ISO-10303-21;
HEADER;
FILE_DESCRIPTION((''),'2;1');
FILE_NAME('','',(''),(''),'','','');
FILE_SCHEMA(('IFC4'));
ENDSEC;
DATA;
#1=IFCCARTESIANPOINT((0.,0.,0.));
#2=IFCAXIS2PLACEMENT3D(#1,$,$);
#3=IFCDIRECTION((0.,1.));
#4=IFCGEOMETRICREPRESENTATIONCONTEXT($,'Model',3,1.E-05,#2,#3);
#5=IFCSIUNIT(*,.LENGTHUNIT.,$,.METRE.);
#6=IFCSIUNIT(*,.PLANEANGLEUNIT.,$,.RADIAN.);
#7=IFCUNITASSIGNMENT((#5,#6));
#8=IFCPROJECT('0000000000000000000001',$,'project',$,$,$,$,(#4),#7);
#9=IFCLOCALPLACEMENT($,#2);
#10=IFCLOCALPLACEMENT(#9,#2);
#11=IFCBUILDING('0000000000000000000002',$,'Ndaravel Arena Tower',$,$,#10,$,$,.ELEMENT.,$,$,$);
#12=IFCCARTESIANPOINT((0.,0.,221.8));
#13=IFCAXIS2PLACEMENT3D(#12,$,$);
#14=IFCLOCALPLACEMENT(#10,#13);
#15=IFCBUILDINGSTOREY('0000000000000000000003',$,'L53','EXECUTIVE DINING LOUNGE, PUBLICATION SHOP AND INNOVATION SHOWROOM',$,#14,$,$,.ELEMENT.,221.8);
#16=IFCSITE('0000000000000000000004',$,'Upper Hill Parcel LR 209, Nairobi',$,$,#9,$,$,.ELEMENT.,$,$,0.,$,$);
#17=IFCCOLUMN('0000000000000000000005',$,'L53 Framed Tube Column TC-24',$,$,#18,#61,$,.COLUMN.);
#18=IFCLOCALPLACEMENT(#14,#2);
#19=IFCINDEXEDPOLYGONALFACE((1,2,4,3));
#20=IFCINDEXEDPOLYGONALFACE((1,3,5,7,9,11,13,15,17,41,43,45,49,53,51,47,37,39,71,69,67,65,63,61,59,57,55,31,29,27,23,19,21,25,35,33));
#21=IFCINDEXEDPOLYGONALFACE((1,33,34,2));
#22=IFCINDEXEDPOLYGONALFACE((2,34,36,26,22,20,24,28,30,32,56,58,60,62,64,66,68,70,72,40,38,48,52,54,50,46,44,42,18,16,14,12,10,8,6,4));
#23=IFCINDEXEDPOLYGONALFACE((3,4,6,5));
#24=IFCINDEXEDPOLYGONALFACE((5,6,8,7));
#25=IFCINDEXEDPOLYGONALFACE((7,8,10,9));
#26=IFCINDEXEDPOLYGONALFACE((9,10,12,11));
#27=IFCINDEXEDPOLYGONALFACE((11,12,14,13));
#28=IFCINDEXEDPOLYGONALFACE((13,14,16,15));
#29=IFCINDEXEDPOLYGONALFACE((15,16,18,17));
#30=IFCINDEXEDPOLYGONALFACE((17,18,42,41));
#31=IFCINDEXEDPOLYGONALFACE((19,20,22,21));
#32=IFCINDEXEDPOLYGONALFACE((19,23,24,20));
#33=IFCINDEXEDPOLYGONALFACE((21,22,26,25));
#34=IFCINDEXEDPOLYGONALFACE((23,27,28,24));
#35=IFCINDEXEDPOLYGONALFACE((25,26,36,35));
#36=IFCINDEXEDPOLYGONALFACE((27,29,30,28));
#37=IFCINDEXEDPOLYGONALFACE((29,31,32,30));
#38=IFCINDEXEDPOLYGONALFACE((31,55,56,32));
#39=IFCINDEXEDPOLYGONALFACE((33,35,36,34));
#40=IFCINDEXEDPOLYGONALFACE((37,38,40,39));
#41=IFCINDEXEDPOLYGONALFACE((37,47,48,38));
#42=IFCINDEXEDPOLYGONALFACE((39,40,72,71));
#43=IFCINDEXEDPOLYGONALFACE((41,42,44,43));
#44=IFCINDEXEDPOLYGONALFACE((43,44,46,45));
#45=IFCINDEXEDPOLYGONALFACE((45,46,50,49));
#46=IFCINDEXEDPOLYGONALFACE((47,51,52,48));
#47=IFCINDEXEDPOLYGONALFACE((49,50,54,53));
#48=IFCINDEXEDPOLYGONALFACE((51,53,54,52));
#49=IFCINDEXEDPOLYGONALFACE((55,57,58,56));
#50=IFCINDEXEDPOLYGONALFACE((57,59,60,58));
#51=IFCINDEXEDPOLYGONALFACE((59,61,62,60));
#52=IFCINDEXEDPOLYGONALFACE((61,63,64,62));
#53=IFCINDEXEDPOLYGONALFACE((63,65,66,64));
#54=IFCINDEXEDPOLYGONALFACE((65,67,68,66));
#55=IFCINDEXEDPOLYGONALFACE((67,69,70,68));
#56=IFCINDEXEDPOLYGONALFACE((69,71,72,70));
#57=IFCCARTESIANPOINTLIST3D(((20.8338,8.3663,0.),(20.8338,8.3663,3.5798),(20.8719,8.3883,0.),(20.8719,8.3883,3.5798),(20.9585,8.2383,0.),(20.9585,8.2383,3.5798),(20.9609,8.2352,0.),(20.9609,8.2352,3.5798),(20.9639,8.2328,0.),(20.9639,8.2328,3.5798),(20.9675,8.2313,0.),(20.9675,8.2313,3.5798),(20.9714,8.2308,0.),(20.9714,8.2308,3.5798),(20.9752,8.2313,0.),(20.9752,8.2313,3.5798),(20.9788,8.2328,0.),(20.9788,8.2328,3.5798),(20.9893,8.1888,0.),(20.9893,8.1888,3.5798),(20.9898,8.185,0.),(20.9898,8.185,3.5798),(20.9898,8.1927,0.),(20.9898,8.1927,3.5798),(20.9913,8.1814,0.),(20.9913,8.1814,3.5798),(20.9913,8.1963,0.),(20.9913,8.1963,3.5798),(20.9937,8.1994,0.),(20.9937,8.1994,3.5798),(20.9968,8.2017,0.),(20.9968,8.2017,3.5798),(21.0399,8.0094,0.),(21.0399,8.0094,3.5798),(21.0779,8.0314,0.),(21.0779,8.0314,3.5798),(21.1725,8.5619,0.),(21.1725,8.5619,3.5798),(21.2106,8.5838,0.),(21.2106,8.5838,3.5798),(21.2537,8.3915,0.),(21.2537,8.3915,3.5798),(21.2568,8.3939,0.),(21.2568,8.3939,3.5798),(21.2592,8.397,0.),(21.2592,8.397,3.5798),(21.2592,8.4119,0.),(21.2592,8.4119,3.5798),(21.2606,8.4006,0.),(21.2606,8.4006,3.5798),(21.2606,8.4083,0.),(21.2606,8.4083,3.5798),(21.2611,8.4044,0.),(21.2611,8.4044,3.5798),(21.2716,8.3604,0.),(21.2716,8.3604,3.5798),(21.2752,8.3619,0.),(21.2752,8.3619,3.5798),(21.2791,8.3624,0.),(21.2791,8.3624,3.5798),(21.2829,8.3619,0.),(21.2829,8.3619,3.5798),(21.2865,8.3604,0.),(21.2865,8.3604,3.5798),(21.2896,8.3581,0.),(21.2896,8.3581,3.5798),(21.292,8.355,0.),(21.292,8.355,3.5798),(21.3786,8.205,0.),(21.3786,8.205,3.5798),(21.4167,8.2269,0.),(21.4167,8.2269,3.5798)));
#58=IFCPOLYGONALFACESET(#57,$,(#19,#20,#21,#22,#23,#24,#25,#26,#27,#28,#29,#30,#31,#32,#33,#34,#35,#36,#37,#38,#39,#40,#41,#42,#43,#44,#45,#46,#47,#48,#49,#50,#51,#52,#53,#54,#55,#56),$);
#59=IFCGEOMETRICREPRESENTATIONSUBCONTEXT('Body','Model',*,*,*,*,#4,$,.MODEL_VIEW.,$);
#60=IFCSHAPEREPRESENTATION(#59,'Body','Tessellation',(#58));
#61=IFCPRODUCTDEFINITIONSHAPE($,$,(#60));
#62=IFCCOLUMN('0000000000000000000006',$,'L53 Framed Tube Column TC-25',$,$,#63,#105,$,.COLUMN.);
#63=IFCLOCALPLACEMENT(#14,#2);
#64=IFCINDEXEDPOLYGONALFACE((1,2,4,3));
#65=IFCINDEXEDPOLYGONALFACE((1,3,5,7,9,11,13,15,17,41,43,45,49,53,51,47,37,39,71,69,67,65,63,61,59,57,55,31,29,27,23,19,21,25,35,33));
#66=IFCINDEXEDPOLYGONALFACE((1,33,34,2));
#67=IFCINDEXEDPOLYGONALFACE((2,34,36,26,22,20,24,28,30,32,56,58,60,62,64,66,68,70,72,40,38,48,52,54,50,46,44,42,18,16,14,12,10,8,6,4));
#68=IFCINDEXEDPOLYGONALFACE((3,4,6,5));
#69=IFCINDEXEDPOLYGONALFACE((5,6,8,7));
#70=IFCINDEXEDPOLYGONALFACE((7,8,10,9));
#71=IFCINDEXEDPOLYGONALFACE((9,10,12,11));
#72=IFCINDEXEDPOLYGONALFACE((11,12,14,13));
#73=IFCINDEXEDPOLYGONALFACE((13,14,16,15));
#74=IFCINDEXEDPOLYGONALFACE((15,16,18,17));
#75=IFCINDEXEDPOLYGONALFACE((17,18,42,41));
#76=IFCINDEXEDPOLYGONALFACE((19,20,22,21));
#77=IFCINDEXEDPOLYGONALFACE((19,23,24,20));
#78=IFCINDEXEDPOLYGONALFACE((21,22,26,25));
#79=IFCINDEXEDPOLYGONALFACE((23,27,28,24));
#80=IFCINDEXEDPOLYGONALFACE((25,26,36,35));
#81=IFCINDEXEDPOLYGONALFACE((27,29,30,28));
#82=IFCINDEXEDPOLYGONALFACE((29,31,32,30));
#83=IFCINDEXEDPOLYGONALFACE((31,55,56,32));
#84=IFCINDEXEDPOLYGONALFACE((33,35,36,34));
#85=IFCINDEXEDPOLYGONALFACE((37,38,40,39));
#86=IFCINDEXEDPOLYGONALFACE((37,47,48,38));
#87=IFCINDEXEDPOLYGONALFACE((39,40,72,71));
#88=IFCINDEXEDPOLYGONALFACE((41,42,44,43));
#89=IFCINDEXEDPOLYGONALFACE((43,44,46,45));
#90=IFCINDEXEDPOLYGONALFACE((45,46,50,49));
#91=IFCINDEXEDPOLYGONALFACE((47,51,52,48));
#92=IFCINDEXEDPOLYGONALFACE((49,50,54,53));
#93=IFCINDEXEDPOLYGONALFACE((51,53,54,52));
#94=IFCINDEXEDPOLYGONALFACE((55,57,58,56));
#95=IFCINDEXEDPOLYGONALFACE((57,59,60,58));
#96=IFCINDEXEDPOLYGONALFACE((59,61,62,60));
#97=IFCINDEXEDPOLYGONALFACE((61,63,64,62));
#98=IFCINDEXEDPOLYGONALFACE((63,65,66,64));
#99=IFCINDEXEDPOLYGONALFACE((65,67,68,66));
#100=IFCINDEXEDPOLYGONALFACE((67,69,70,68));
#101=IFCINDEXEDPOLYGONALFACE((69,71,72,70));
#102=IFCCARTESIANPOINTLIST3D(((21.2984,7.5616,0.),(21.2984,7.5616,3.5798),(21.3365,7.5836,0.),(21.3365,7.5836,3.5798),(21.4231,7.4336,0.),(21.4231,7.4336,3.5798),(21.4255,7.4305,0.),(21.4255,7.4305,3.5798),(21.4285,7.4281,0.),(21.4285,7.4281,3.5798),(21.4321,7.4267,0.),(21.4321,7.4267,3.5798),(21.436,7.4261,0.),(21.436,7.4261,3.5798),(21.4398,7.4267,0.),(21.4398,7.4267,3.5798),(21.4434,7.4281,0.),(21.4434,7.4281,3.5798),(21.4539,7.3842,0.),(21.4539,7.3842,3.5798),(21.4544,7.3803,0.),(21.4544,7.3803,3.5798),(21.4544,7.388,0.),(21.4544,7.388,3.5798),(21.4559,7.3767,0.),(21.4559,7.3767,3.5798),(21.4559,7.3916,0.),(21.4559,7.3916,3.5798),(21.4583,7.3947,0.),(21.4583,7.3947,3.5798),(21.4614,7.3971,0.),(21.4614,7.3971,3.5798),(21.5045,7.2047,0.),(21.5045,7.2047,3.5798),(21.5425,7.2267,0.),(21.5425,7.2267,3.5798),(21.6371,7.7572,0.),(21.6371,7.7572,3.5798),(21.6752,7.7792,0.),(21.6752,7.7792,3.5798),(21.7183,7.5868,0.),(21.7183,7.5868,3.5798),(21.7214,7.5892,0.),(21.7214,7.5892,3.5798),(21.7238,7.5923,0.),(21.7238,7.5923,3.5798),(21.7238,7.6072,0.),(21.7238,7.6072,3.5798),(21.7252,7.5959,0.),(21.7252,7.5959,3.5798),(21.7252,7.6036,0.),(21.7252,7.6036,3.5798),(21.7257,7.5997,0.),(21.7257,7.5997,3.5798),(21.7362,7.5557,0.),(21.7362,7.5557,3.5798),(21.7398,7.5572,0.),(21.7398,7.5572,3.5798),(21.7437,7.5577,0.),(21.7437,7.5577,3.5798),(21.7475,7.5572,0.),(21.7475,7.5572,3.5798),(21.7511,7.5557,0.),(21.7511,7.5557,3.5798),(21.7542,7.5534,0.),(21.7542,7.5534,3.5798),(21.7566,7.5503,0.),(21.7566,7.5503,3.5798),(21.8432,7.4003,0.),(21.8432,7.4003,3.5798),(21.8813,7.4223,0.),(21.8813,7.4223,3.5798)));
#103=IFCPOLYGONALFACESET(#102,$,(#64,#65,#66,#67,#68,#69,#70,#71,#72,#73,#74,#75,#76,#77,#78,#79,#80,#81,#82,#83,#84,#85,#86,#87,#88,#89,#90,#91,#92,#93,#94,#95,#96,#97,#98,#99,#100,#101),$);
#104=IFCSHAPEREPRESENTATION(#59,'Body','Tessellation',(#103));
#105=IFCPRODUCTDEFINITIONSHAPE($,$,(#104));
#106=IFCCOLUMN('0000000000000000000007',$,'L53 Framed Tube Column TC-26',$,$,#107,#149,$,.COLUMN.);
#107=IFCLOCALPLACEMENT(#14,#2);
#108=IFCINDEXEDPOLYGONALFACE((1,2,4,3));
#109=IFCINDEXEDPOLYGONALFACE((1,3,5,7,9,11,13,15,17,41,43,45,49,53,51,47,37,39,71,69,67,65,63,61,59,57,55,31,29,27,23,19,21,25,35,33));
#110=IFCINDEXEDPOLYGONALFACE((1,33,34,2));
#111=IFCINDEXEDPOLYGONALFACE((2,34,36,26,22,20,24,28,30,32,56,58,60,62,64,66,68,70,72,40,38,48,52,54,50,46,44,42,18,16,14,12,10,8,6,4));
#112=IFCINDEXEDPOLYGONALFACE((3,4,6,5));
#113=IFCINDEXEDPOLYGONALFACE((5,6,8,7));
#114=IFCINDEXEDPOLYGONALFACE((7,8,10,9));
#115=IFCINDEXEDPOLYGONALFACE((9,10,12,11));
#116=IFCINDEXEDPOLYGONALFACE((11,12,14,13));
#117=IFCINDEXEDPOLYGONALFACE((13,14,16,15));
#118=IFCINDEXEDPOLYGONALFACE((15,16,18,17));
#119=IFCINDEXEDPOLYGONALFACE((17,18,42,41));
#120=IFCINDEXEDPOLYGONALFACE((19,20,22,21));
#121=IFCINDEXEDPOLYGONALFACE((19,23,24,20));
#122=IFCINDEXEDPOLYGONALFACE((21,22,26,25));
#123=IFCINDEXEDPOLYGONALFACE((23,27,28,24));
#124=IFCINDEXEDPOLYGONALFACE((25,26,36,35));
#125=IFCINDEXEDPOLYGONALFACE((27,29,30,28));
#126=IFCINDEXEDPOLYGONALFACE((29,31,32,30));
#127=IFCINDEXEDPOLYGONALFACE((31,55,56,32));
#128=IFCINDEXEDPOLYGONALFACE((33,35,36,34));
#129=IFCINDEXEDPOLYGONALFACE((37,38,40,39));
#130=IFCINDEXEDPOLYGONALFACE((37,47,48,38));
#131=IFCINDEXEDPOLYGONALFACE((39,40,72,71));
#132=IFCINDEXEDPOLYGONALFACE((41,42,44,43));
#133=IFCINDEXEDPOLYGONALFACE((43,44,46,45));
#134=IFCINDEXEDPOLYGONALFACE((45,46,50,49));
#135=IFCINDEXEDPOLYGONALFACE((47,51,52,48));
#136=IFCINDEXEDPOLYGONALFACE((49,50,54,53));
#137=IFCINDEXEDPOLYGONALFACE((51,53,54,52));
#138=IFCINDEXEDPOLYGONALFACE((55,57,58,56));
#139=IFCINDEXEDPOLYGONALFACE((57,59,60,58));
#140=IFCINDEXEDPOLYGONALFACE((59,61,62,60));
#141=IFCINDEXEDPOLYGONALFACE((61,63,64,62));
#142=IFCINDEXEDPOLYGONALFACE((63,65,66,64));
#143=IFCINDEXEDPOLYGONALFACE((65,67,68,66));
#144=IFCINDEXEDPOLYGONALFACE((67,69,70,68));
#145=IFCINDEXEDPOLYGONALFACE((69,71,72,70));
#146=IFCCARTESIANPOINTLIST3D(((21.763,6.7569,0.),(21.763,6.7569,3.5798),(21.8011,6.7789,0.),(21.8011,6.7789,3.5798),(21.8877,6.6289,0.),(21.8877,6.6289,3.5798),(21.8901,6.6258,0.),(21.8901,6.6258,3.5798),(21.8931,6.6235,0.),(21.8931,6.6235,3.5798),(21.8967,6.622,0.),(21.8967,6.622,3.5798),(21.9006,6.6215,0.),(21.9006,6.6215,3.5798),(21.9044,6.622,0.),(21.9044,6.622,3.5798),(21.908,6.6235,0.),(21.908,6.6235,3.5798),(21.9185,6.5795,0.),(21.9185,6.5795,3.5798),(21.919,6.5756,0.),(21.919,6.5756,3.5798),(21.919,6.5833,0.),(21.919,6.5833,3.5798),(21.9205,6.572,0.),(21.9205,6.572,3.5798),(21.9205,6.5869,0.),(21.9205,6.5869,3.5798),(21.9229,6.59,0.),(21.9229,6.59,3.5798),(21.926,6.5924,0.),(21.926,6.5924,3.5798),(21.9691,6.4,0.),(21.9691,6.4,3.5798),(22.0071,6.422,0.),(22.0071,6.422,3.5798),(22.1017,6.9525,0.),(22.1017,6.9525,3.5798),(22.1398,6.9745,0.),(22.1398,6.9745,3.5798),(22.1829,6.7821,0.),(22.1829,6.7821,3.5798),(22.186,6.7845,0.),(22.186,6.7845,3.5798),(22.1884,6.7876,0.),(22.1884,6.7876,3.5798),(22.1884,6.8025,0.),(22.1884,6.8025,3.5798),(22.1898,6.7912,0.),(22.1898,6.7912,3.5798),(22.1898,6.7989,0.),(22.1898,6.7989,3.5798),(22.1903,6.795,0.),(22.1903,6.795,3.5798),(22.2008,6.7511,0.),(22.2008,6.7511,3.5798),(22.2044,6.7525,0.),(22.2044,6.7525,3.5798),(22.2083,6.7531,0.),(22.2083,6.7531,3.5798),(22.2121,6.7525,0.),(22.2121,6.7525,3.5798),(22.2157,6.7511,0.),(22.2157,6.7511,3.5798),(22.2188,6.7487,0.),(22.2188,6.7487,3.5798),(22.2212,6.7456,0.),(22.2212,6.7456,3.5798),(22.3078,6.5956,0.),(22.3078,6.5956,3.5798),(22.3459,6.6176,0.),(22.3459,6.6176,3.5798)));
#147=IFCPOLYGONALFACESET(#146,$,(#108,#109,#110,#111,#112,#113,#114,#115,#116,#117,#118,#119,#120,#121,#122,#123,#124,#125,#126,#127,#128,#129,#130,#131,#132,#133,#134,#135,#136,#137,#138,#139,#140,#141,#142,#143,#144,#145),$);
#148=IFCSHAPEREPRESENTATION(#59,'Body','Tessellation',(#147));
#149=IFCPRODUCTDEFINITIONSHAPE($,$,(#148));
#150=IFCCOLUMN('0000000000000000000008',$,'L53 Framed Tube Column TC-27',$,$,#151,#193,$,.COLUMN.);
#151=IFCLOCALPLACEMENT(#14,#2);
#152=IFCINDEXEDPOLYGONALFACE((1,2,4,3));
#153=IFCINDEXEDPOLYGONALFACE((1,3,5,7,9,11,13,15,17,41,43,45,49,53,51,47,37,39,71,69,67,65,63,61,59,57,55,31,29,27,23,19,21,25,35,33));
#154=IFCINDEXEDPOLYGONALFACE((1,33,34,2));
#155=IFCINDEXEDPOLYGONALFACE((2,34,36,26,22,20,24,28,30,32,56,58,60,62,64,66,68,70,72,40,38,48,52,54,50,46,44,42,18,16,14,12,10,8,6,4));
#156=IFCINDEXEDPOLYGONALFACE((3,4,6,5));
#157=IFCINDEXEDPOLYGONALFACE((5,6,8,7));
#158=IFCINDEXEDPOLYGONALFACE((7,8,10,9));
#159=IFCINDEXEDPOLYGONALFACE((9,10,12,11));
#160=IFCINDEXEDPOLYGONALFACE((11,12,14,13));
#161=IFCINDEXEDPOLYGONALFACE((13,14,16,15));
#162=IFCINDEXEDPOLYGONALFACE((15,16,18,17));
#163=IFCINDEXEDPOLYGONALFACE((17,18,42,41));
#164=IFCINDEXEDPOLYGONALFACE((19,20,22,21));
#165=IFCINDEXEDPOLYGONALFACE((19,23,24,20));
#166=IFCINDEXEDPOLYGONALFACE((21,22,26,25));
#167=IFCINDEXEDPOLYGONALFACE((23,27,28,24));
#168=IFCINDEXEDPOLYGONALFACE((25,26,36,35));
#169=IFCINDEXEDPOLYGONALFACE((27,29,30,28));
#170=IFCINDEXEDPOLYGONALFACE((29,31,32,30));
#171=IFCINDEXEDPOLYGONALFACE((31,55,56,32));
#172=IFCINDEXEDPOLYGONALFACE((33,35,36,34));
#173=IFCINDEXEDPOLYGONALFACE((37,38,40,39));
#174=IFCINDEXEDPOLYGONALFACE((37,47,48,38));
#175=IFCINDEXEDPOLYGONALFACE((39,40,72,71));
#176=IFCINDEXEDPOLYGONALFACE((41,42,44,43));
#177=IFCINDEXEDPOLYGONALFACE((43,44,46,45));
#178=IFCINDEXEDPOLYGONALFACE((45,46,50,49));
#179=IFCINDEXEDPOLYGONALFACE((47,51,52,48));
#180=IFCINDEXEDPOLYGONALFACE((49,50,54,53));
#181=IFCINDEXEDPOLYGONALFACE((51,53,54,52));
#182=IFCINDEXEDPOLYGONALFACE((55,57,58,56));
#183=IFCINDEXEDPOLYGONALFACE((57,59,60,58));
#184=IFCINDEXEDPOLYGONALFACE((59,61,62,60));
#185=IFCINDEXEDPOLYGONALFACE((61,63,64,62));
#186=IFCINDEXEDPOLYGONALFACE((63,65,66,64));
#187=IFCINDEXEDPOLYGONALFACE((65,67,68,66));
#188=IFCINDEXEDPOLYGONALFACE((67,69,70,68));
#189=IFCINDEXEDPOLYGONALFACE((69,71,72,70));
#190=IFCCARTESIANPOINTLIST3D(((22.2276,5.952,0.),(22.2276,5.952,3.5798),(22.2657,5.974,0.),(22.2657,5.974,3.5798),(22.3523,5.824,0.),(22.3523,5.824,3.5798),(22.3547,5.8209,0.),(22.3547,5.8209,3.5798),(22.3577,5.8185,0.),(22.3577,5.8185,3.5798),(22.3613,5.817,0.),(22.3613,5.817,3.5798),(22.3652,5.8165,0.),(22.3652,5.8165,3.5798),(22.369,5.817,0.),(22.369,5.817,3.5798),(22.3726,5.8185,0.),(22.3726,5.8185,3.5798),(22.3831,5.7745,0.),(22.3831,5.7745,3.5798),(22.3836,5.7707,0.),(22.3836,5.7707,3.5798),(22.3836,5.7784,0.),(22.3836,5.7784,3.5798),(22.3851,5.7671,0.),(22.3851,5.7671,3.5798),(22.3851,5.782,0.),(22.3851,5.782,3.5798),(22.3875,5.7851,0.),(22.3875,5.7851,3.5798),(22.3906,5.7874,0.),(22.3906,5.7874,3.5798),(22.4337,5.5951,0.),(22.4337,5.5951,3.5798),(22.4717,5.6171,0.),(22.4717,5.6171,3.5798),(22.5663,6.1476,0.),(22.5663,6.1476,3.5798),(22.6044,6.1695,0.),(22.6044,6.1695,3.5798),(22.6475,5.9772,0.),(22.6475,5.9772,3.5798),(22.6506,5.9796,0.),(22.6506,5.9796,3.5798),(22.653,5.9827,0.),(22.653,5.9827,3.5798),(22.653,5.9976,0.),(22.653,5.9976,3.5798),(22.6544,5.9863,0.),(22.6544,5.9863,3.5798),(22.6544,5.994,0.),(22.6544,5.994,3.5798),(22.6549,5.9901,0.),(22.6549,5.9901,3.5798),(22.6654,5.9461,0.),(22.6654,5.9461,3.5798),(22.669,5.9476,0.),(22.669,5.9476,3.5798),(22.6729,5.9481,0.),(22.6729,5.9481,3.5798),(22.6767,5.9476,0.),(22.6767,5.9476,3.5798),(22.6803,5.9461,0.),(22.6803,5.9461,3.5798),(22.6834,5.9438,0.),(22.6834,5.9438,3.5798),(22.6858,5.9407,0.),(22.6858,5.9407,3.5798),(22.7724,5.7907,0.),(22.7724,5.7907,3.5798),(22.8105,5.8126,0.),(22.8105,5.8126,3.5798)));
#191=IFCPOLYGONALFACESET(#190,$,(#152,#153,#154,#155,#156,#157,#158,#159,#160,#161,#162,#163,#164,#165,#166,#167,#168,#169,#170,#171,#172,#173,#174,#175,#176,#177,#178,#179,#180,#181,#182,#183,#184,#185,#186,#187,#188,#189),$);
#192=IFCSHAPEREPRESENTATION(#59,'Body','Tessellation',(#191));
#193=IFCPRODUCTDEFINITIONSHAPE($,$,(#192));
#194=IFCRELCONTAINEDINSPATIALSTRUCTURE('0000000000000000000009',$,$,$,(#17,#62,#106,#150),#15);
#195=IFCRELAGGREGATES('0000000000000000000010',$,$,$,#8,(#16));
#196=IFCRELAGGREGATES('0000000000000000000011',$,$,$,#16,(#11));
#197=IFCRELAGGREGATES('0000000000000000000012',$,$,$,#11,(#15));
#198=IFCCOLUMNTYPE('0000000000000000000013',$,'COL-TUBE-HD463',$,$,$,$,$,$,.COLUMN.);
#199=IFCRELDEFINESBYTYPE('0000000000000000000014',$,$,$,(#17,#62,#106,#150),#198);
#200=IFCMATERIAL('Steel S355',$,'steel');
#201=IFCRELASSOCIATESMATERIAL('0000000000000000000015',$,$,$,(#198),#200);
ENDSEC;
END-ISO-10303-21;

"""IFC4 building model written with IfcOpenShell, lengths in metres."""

from ifc_helpers import new_model, si_unit, direction, frame, origin, origin_2d, place, context, subcontext, project, spatial, i_section, extrude, material, material_profile, profile_set, type_object, element, save


model = new_model("IFC4")

# Units and contexts
model_context = context("Model", 3, precision=1e-05, world=origin(), true_north=direction((0.0, 1.0)))
body_context = subcontext(model_context, "Body", "Model", "MODEL_VIEW")
ifc_project = project(units=[si_unit("LENGTHUNIT", "METRE"), si_unit("PLANEANGLEUNIT", "RADIAN")], contexts=[model_context])

# Site, building, storey
site_placement = place(None, origin())
site = spatial("IfcSite", under=ifc_project, at=site_placement, Name="Upper Hill Parcel LR 209, Nairobi", CompositionType="ELEMENT", RefElevation=0.0)
building_placement = place(site_placement, origin())
building = spatial("IfcBuilding", under=site, at=building_placement, Name="Ndaravel Arena Tower", CompositionType="ELEMENT")
storey_placement = place(building_placement, frame((0.0, 0.0, 221.8)))
storey = spatial("IfcBuildingStorey", under=building, at=storey_placement, Name="L53", Description="EXECUTIVE DINING LOUNGE, PUBLICATION SHOP AND INNOVATION SHOWROOM", CompositionType="ELEMENT", Elevation=221.8)

# Columns
ifc_material_1 = material(Name="Steel S355", Category="steel")
ifc_material_profile_1 = material_profile(ifc_material_1, i_section(OverallWidth=0.4121, OverallDepth=0.4351, WebThickness=0.0359, FlangeThickness=0.0439, FilletRadius=0.0149, at=origin_2d()), Name="HD 400x463")
ifc_profile_set_1 = profile_set([ifc_material_profile_1], Name="Steel S355")
column_type = type_object("IfcColumnType", Name="COL-TUBE-HD463", PredefinedType="COLUMN", material=ifc_profile_set_1)
for number, where, z_axis, x_axis, name in (
    (1, (21.1252, 8.2966, 0.0), (0.0, 0.0, 1.0), (-0.5, 0.866025, 0.0), "L53 Framed Tube Column TC-24"),
    (2, (21.5898, 7.4919, 0.0), (0.0, 0.0, 1.0), (-0.5, 0.866025, 0.0), "L53 Framed Tube Column TC-25"),
    (3, (22.0544, 6.6873, 0.0), (0.0, 0.0, 1.0), (-0.5, 0.866025, 0.0), "L53 Framed Tube Column TC-26"),
    (4, (22.519, 5.8823, 0.0), (0.0, 0.0, 1.0), (-0.5, 0.866025, 0.0), "L53 Framed Tube Column TC-27"),
):
    element("IfcColumn", number, at=place(storey_placement, frame(where, z_axis=z_axis, x_axis=x_axis)), inside=storey, type_object=column_type, Name=name, PredefinedType="COLUMN", context=body_context, shape_type="SweptSolid", body=[
        extrude(i_section(OverallWidth=0.4121, OverallDepth=0.4351, WebThickness=0.0359, FlangeThickness=0.0439, FilletRadius=0.0149, at=origin_2d()), origin(), (0.0, 0.0, 1.0), 3.5798),
    ])

save(model, "model.ifc")
